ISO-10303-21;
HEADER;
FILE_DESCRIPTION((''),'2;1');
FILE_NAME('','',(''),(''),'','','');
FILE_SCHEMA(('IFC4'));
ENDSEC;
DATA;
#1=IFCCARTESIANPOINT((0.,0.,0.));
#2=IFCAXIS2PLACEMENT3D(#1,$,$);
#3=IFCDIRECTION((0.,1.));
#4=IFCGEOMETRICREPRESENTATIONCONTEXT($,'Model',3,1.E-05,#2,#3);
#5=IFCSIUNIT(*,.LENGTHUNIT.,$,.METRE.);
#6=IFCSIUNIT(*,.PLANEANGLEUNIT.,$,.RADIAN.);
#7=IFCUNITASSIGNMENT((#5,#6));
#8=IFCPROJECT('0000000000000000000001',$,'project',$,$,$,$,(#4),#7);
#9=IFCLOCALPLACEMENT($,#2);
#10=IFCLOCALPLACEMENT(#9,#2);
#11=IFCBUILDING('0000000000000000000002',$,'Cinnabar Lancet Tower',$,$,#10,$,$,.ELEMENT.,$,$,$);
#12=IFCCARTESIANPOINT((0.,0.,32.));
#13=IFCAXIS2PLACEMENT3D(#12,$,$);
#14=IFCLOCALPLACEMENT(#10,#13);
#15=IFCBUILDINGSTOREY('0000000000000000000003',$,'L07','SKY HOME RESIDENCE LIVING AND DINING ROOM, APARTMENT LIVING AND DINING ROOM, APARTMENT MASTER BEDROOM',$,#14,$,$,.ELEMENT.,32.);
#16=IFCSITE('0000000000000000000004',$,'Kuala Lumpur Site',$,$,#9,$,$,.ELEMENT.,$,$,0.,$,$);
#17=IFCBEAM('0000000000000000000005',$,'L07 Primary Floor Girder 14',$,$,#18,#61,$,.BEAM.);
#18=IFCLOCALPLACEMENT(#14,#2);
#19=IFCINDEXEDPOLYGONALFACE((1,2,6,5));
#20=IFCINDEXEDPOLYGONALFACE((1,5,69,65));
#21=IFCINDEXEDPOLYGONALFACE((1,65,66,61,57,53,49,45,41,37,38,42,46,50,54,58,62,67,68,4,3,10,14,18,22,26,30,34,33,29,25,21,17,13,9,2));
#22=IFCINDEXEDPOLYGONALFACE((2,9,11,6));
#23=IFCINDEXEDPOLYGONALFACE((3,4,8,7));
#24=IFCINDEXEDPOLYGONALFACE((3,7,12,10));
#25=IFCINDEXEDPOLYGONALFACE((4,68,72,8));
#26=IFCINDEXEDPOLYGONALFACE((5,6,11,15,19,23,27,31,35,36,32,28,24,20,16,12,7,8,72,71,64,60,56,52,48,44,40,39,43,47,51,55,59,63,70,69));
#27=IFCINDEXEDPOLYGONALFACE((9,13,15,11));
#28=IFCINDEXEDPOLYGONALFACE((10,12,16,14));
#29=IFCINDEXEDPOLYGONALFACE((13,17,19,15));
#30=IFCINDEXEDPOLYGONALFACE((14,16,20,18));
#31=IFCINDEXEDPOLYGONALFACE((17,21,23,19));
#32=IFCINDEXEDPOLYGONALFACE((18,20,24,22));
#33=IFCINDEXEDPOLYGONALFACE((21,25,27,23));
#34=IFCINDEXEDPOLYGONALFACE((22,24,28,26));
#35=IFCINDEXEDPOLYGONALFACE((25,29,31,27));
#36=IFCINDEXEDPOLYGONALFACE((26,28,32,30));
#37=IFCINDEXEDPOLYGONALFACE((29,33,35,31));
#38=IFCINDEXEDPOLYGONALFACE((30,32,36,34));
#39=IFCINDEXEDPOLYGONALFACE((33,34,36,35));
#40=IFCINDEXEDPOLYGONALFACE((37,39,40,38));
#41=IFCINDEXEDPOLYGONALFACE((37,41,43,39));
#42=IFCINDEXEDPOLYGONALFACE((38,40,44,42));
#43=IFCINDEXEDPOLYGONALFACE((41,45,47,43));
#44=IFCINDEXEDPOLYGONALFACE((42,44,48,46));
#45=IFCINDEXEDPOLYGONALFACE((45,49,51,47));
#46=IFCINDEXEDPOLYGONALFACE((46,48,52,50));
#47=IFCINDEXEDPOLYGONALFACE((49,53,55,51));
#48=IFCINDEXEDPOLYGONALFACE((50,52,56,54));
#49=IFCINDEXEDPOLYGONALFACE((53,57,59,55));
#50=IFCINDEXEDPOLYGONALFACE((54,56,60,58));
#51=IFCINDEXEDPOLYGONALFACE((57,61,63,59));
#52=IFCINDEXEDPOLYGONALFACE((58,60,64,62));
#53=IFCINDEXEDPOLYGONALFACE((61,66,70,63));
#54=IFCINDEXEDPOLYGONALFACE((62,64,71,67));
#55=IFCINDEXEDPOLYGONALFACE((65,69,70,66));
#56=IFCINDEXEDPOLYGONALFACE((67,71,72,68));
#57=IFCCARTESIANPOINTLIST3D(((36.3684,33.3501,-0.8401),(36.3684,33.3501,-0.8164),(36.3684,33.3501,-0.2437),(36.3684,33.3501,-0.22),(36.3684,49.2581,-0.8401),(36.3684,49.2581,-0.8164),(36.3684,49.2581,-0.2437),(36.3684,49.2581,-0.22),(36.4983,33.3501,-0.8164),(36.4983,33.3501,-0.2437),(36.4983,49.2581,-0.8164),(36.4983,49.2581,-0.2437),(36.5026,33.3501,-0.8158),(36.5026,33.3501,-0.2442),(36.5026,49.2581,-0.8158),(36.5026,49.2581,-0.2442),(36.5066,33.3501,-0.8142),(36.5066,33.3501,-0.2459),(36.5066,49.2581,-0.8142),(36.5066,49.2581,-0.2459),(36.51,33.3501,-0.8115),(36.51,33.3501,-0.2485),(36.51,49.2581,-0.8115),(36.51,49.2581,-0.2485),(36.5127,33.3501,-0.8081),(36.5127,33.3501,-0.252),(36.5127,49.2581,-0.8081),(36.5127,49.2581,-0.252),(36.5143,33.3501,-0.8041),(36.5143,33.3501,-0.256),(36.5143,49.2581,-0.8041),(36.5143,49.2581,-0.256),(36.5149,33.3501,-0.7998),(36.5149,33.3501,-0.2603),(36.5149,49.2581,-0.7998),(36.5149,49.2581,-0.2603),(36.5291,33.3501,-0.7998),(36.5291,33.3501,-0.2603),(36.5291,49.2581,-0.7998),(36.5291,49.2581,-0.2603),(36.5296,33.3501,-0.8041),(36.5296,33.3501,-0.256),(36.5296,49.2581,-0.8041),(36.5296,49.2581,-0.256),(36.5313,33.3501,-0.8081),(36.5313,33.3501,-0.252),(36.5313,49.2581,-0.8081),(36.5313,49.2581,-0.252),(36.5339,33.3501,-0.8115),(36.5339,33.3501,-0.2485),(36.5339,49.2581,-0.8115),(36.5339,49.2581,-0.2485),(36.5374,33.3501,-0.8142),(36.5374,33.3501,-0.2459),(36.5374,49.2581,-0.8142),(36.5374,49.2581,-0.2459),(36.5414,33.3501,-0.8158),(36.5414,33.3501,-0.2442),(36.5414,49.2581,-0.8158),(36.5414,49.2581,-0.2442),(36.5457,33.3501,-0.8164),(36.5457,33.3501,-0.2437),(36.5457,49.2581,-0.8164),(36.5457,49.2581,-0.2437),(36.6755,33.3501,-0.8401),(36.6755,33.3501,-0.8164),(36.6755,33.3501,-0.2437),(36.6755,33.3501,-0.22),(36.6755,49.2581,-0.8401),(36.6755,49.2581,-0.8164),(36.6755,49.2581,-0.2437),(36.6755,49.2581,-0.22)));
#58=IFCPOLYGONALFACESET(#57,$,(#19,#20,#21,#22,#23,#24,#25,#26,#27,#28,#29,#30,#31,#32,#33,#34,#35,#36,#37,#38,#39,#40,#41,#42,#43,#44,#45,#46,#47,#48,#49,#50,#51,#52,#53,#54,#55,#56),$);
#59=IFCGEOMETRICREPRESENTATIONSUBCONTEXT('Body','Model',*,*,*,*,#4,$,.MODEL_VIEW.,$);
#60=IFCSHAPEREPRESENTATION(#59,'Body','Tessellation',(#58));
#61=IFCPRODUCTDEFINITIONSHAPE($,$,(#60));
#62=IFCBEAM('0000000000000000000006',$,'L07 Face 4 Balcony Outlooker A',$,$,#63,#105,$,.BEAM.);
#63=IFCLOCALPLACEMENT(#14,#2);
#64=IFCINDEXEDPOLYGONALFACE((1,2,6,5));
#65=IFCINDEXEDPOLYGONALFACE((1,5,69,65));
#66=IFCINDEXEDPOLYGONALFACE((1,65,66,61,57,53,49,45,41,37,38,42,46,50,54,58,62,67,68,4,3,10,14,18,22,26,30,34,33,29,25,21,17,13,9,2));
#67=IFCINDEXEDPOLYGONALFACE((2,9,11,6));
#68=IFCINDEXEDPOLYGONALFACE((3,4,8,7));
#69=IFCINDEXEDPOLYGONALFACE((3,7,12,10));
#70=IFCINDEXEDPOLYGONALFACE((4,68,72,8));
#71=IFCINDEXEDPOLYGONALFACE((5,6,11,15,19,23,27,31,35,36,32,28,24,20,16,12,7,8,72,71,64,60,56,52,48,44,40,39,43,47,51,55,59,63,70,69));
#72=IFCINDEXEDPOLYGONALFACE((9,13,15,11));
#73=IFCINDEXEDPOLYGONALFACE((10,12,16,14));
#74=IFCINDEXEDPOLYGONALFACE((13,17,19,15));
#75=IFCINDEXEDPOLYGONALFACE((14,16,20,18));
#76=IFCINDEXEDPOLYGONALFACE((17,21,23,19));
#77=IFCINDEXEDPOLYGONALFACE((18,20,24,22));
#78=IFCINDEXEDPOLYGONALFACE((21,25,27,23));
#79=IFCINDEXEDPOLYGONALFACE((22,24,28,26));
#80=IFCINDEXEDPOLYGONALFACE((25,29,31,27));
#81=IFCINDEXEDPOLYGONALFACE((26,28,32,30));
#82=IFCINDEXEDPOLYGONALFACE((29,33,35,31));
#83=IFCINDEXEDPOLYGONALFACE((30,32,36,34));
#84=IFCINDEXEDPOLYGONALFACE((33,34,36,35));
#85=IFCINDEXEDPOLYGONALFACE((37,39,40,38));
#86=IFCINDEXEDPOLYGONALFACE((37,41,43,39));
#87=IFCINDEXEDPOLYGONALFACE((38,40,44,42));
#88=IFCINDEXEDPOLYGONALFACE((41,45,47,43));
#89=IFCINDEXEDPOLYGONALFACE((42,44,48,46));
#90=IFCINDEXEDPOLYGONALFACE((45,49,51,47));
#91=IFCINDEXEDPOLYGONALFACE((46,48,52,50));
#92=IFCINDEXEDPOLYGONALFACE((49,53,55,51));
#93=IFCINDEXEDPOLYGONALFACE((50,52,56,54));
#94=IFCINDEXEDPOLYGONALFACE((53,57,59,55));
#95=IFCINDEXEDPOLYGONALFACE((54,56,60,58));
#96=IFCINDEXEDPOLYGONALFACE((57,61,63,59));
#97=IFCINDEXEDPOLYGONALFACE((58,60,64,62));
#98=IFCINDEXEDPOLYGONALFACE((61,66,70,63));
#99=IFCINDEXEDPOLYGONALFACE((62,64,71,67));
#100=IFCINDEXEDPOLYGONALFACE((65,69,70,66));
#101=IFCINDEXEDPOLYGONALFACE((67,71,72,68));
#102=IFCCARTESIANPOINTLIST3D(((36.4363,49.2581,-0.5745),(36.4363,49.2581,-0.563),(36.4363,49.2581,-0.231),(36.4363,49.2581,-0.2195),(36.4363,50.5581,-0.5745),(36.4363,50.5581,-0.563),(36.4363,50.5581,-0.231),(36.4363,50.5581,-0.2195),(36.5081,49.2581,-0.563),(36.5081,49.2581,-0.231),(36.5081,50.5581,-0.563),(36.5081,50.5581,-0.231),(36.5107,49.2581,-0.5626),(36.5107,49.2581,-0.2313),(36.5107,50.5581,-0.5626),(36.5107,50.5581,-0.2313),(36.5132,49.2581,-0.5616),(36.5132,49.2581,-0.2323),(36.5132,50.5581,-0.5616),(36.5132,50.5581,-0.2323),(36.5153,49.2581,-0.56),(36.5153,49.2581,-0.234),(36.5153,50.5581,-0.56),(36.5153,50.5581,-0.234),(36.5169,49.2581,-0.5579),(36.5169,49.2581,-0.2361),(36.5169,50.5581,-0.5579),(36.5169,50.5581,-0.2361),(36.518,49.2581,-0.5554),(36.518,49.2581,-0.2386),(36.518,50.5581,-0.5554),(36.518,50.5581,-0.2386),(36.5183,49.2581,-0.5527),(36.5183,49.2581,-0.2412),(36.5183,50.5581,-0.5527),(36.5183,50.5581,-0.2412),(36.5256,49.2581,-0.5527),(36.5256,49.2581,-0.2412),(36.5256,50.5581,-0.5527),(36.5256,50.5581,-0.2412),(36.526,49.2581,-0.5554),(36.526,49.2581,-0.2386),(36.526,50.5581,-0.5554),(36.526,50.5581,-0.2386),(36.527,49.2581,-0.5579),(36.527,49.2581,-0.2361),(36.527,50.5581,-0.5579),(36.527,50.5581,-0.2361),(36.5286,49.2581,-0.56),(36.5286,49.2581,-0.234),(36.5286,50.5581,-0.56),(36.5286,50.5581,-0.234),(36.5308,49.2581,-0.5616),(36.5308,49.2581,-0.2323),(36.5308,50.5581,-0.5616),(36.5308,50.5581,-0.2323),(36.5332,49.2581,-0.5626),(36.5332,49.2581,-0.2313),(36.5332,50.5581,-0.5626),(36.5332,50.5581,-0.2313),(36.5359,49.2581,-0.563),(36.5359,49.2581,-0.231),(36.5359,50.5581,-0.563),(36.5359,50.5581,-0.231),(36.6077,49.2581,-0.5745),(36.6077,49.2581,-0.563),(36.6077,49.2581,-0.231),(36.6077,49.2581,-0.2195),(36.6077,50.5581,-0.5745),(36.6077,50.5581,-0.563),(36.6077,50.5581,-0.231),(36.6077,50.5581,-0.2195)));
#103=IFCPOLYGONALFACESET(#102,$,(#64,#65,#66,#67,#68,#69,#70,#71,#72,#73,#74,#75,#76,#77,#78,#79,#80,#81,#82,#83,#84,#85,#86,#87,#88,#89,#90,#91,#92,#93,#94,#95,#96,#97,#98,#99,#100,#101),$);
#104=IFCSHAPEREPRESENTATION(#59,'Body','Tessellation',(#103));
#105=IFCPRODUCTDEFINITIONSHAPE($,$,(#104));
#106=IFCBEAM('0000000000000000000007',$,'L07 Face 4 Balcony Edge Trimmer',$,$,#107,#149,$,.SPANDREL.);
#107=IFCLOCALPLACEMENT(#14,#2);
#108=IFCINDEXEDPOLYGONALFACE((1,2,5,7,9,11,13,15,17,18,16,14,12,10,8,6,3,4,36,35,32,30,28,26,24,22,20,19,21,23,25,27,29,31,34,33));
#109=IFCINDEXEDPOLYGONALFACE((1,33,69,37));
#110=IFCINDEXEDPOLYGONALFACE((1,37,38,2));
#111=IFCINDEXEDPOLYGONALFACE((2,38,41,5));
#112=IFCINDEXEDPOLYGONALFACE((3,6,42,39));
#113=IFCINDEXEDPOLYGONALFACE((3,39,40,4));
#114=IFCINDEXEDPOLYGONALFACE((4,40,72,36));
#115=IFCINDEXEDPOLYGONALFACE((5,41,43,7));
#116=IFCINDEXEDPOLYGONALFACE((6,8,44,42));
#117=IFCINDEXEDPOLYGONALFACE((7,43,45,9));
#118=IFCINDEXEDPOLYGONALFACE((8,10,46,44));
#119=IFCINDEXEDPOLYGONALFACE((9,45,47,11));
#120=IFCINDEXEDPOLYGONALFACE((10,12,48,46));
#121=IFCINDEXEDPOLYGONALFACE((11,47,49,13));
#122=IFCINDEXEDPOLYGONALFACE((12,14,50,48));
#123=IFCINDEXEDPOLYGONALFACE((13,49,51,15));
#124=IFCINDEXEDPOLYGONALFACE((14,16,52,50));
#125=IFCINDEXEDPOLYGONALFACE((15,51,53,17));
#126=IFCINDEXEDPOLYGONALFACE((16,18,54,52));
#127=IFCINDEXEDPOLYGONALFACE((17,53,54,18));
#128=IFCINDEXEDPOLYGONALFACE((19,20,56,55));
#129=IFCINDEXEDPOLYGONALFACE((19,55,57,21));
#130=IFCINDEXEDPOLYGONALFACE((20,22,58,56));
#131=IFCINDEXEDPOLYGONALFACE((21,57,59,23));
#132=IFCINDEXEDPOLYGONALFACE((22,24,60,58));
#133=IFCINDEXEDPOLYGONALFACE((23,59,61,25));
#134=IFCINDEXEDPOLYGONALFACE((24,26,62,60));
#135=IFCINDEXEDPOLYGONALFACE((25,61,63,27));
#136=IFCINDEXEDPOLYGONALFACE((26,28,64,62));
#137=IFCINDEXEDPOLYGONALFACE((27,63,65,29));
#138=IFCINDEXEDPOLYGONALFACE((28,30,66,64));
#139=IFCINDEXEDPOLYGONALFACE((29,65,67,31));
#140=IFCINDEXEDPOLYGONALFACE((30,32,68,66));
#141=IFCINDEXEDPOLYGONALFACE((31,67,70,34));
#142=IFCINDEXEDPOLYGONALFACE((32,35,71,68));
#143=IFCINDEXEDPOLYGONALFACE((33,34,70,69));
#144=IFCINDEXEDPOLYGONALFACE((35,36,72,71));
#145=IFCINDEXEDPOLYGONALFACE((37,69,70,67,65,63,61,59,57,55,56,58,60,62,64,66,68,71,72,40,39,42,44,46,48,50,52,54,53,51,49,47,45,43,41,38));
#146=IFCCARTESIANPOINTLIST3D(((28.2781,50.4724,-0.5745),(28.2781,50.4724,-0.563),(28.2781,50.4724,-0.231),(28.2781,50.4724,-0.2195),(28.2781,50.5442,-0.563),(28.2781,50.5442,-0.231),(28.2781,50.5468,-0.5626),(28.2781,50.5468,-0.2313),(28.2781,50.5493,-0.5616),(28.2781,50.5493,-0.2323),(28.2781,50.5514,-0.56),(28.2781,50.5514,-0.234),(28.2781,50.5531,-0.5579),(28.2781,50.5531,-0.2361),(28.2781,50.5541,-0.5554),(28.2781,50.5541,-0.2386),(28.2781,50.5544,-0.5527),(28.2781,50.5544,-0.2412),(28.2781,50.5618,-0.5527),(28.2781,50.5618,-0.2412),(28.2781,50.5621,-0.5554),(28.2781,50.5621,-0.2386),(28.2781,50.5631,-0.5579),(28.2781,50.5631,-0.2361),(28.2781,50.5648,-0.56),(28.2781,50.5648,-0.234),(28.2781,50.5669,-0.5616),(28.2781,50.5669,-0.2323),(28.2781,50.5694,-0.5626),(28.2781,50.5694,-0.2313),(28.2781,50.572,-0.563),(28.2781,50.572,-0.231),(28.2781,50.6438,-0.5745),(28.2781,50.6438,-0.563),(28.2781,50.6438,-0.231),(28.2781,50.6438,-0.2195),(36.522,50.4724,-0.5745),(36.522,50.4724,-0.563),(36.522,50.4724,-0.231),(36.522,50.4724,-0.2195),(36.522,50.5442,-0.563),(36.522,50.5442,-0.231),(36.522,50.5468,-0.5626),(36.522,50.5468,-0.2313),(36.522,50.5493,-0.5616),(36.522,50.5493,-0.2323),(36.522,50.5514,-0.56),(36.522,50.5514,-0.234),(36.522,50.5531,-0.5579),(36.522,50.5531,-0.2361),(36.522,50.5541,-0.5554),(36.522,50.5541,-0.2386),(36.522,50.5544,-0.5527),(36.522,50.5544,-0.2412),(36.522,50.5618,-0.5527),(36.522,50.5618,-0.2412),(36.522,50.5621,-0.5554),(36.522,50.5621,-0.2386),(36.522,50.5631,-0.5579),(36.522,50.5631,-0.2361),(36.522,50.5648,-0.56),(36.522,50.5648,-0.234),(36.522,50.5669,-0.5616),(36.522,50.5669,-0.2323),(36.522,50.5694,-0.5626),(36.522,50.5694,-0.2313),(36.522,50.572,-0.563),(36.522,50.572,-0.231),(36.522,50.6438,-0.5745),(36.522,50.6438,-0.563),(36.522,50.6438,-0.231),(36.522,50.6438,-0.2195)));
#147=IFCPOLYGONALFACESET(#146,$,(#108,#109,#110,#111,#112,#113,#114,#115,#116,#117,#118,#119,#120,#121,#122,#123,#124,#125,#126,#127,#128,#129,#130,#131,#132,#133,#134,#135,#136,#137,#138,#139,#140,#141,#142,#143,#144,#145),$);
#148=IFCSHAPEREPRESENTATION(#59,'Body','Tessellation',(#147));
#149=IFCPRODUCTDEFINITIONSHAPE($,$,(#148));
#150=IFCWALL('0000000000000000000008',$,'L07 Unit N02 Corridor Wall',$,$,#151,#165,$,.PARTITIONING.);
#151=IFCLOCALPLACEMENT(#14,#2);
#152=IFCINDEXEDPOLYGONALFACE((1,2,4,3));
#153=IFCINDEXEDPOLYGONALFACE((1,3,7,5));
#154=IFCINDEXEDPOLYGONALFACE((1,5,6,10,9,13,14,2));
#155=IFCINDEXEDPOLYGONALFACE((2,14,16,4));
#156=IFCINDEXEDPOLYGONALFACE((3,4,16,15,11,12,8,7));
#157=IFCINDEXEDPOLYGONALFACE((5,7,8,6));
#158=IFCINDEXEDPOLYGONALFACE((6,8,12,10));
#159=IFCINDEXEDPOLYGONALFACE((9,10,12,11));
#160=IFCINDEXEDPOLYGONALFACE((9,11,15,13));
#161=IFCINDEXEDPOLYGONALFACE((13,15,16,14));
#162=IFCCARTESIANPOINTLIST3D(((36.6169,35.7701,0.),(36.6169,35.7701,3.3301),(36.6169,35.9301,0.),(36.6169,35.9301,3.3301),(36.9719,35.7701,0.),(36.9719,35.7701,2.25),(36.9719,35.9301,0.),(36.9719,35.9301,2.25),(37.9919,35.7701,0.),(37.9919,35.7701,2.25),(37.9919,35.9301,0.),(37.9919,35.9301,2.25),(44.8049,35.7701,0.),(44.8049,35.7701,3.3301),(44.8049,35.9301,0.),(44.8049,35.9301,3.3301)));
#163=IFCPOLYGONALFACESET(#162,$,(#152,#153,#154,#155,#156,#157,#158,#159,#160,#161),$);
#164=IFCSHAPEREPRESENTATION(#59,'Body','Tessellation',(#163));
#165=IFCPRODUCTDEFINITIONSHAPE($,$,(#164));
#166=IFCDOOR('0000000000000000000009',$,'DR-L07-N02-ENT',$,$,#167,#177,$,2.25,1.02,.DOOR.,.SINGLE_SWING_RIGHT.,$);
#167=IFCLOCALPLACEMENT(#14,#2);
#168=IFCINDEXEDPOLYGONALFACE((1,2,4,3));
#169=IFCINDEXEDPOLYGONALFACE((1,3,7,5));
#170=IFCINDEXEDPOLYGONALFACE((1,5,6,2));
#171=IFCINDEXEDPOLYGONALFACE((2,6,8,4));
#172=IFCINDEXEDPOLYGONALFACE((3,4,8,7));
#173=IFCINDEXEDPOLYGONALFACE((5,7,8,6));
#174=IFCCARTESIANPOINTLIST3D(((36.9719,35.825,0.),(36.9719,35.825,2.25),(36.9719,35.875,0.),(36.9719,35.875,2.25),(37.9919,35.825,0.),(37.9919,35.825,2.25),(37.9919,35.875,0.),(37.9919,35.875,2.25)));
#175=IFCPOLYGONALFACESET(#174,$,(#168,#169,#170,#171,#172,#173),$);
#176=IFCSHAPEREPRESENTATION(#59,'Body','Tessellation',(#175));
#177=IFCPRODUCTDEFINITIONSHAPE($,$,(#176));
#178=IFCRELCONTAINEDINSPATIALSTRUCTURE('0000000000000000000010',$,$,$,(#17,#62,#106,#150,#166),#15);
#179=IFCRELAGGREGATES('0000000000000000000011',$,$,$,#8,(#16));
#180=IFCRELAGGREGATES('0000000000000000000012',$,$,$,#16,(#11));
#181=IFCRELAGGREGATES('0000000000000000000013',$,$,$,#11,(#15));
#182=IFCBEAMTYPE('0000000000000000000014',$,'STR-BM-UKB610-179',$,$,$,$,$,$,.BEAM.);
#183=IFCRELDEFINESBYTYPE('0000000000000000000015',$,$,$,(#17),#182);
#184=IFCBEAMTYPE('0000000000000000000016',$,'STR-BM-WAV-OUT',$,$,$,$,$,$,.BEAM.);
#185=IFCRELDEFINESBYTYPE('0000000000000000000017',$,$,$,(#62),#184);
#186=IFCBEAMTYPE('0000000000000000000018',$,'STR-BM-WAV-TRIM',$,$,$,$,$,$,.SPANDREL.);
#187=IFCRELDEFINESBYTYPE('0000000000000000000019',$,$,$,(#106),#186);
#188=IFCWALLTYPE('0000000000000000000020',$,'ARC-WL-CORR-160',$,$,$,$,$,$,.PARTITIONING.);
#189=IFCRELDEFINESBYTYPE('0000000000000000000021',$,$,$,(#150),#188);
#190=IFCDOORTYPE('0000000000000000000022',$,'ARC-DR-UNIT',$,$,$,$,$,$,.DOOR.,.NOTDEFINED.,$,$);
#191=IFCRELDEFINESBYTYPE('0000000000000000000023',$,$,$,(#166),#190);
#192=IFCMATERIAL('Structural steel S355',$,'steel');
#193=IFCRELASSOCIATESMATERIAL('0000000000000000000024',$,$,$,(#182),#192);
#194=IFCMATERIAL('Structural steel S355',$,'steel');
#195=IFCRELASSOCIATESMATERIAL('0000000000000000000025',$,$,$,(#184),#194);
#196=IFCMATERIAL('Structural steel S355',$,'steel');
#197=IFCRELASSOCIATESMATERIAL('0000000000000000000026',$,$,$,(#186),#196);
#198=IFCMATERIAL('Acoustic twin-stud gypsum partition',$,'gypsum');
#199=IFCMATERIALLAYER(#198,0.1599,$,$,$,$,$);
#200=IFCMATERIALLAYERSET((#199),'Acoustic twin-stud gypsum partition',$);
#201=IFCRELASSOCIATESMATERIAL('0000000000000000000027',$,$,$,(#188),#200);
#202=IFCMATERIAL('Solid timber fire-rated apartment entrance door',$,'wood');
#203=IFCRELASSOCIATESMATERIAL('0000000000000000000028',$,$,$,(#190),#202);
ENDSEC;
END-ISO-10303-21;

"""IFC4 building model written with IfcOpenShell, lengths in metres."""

from ifc_helpers import new_model, si_unit, direction, frame, frame_2d, origin, origin_2d, place, context, subcontext, project, spatial, rectangle, i_section, extrude, material, layer, layer_set, material_profile, profile_set, type_object, element, fill, save


model = new_model("IFC4")

# Units and contexts
model_context = context("Model", 3, precision=1e-05, world=origin(), true_north=direction((0.0, 1.0)))
body_context = subcontext(model_context, "Body", "Model", "MODEL_VIEW")
ifc_project = project(units=[si_unit("LENGTHUNIT", "METRE"), si_unit("PLANEANGLEUNIT", "RADIAN")], contexts=[model_context])

# Site, building, storey
site_placement = place(None, origin())
site = spatial("IfcSite", under=ifc_project, at=site_placement, Name="Kuala Lumpur Site", CompositionType="ELEMENT", RefElevation=0.0)
building_placement = place(site_placement, origin())
building = spatial("IfcBuilding", under=site, at=building_placement, Name="Cinnabar Lancet Tower", CompositionType="ELEMENT")
storey_placement = place(building_placement, frame((0.0, 0.0, 32.0)))
storey = spatial("IfcBuildingStorey", under=building, at=storey_placement, Name="L07", Description="SKY HOME RESIDENCE LIVING AND DINING ROOM, APARTMENT LIVING AND DINING ROOM, APARTMENT MASTER BEDROOM", CompositionType="ELEMENT", Elevation=32.0)

# Beams
ifc_material_1 = material(Name="Structural steel S355", Category="steel")
ifc_material_profile_1 = material_profile(ifc_material_1, i_section(OverallWidth=0.3071, OverallDepth=0.6201, WebThickness=0.0142, FlangeThickness=0.0237, FilletRadius=0.0166, at=origin_2d()), Name="UKB 610x305x179")
ifc_profile_set_1 = profile_set([ifc_material_profile_1], Name="Structural steel S355")
beam_type_1 = type_object("IfcBeamType", Name="STR-BM-UKB610-179", PredefinedType="BEAM", material=ifc_profile_set_1)
beam_1_placement = place(storey_placement, frame((36.522, 49.2581, -0.53), z_axis=(0.0, -1.0, 0.0), x_axis=(1.0, 0.0, 0.0)))
element("IfcBeam", 1, at=beam_1_placement, inside=storey, type_object=beam_type_1, Name="L07 Primary Floor Girder 14", PredefinedType="BEAM", context=body_context, shape_type="SweptSolid", body=[
    extrude(i_section(OverallWidth=0.3071, OverallDepth=0.6201, WebThickness=0.0142, FlangeThickness=0.0237, FilletRadius=0.0166, at=origin_2d()), origin(), (0.0, 0.0, 1.0), 15.908),
])
ifc_material_2 = material(Name="Structural steel S355", Category="steel")
ifc_material_profile_2 = material_profile(ifc_material_2, i_section(OverallWidth=0.1714, OverallDepth=0.355, WebThickness=0.0073, FlangeThickness=0.0115, FilletRadius=0.0103, at=origin_2d()), Name="UKB 356x171x51")
ifc_profile_set_2 = profile_set([ifc_material_profile_2], Name="Structural steel S355")
beam_type_2 = type_object("IfcBeamType", Name="STR-BM-WAV-OUT", PredefinedType="BEAM", material=ifc_profile_set_2)
beam_2_placement = place(storey_placement, frame((36.522, 49.2581, -0.397), z_axis=(0.0, 1.0, 0.0), x_axis=(-1.0, 0.0, 0.0)))
element("IfcBeam", 2, at=beam_2_placement, inside=storey, type_object=beam_type_2, Name="L07 Face 4 Balcony Outlooker A", PredefinedType="BEAM", context=body_context, shape_type="SweptSolid", body=[
    extrude(i_section(OverallWidth=0.1714, OverallDepth=0.355, WebThickness=0.0073, FlangeThickness=0.0115, FilletRadius=0.0103, at=origin_2d()), origin(), (0.0, 0.0, 1.0), 1.3),
])
ifc_material_3 = material(Name="Structural steel S355", Category="steel")
ifc_material_profile_3 = material_profile(ifc_material_3, i_section(OverallWidth=0.1714, OverallDepth=0.355, WebThickness=0.0073, FlangeThickness=0.0115, FilletRadius=0.0103, at=origin_2d()), Name="UKB 356x171x51")
ifc_profile_set_3 = profile_set([ifc_material_profile_3], Name="Structural steel S355")
beam_type_3 = type_object("IfcBeamType", Name="STR-BM-WAV-TRIM", PredefinedType="SPANDREL", material=ifc_profile_set_3)
beam_3_placement = place(storey_placement, frame((36.522, 50.5581, -0.397), z_axis=(-1.0, 0.0, 0.0), x_axis=(0.0, -1.0, 0.0)))
element("IfcBeam", 3, at=beam_3_placement, inside=storey, type_object=beam_type_3, Name="L07 Face 4 Balcony Edge Trimmer", PredefinedType="SPANDREL", context=body_context, shape_type="SweptSolid", body=[
    extrude(i_section(OverallWidth=0.1714, OverallDepth=0.355, WebThickness=0.0073, FlangeThickness=0.0115, FilletRadius=0.0103, at=origin_2d()), origin(), (0.0, 0.0, 1.0), 8.2439),
])

# Wall, opening, door
ifc_material_4 = material(Name="Acoustic twin-stud gypsum partition", Category="gypsum")
ifc_layer_1 = layer(ifc_material_4, 0.1599)
ifc_layer_set_1 = layer_set([ifc_layer_1], Name="Acoustic twin-stud gypsum partition")
wall_type_1 = type_object("IfcWallType", Name="ARC-WL-CORR-160", PredefinedType="PARTITIONING", material=ifc_layer_set_1)
wall_1_placement = place(storey_placement, frame((36.6169, 35.8501, 0.0), z_axis=(0.0, 0.0, 1.0), x_axis=(1.0, 0.0, 0.0)))
wall_1 = element("IfcWall", 4, at=wall_1_placement, inside=storey, type_object=wall_type_1, Name="L07 Unit N02 Corridor Wall", PredefinedType="PARTITIONING", context=body_context, shape_type="SweptSolid", body=[
    extrude(rectangle(XDim=8.188, YDim=0.1599, at=frame_2d((4.094, 0.0))), origin(), (0.0, 0.0, 1.0), 3.3301),
])
opening_1_placement = place(wall_1_placement, frame((0.355, 0.0, 0.0)))
opening_1 = element("IfcOpeningElement", 5, at=opening_1_placement, cuts=wall_1, PredefinedType="OPENING", context=body_context, shape_type="SweptSolid", body=[
    extrude(rectangle(XDim=1.02, YDim=2.25, at=frame_2d((0.51, 1.125))), frame((0.0, 0.0898, 0.0), z_axis=(0.0, -1.0, 0.0), x_axis=(1.0, 0.0, 0.0)), (0.0, 0.0, 1.0), 0.1799),
])
ifc_material_5 = material(Name="Solid timber fire-rated apartment entrance door", Category="wood")
door_type_1 = type_object("IfcDoorType", Name="ARC-DR-UNIT", OperationType="NOTDEFINED", PredefinedType="DOOR", material=ifc_material_5)
door_1_placement = place(opening_1_placement, origin())
door_1 = element("IfcDoor", 6, at=door_1_placement, inside=storey, type_object=door_type_1, Name="DR-L07-N02-ENT", OperationType="SINGLE_SWING_RIGHT", OverallHeight=2.25, OverallWidth=1.02, PredefinedType="DOOR", context=body_context, shape_type="SweptSolid", body=[
    extrude(rectangle(XDim=1.02, YDim=2.25, at=frame_2d((0.51, 1.125))), frame((0.0, 0.0249, 0.0), z_axis=(0.0, -1.0, 0.0), x_axis=(1.0, 0.0, 0.0)), (0.0, 0.0, 1.0), 0.05),
])
fill(opening_1, door_1)

save(model, "model.ifc")
